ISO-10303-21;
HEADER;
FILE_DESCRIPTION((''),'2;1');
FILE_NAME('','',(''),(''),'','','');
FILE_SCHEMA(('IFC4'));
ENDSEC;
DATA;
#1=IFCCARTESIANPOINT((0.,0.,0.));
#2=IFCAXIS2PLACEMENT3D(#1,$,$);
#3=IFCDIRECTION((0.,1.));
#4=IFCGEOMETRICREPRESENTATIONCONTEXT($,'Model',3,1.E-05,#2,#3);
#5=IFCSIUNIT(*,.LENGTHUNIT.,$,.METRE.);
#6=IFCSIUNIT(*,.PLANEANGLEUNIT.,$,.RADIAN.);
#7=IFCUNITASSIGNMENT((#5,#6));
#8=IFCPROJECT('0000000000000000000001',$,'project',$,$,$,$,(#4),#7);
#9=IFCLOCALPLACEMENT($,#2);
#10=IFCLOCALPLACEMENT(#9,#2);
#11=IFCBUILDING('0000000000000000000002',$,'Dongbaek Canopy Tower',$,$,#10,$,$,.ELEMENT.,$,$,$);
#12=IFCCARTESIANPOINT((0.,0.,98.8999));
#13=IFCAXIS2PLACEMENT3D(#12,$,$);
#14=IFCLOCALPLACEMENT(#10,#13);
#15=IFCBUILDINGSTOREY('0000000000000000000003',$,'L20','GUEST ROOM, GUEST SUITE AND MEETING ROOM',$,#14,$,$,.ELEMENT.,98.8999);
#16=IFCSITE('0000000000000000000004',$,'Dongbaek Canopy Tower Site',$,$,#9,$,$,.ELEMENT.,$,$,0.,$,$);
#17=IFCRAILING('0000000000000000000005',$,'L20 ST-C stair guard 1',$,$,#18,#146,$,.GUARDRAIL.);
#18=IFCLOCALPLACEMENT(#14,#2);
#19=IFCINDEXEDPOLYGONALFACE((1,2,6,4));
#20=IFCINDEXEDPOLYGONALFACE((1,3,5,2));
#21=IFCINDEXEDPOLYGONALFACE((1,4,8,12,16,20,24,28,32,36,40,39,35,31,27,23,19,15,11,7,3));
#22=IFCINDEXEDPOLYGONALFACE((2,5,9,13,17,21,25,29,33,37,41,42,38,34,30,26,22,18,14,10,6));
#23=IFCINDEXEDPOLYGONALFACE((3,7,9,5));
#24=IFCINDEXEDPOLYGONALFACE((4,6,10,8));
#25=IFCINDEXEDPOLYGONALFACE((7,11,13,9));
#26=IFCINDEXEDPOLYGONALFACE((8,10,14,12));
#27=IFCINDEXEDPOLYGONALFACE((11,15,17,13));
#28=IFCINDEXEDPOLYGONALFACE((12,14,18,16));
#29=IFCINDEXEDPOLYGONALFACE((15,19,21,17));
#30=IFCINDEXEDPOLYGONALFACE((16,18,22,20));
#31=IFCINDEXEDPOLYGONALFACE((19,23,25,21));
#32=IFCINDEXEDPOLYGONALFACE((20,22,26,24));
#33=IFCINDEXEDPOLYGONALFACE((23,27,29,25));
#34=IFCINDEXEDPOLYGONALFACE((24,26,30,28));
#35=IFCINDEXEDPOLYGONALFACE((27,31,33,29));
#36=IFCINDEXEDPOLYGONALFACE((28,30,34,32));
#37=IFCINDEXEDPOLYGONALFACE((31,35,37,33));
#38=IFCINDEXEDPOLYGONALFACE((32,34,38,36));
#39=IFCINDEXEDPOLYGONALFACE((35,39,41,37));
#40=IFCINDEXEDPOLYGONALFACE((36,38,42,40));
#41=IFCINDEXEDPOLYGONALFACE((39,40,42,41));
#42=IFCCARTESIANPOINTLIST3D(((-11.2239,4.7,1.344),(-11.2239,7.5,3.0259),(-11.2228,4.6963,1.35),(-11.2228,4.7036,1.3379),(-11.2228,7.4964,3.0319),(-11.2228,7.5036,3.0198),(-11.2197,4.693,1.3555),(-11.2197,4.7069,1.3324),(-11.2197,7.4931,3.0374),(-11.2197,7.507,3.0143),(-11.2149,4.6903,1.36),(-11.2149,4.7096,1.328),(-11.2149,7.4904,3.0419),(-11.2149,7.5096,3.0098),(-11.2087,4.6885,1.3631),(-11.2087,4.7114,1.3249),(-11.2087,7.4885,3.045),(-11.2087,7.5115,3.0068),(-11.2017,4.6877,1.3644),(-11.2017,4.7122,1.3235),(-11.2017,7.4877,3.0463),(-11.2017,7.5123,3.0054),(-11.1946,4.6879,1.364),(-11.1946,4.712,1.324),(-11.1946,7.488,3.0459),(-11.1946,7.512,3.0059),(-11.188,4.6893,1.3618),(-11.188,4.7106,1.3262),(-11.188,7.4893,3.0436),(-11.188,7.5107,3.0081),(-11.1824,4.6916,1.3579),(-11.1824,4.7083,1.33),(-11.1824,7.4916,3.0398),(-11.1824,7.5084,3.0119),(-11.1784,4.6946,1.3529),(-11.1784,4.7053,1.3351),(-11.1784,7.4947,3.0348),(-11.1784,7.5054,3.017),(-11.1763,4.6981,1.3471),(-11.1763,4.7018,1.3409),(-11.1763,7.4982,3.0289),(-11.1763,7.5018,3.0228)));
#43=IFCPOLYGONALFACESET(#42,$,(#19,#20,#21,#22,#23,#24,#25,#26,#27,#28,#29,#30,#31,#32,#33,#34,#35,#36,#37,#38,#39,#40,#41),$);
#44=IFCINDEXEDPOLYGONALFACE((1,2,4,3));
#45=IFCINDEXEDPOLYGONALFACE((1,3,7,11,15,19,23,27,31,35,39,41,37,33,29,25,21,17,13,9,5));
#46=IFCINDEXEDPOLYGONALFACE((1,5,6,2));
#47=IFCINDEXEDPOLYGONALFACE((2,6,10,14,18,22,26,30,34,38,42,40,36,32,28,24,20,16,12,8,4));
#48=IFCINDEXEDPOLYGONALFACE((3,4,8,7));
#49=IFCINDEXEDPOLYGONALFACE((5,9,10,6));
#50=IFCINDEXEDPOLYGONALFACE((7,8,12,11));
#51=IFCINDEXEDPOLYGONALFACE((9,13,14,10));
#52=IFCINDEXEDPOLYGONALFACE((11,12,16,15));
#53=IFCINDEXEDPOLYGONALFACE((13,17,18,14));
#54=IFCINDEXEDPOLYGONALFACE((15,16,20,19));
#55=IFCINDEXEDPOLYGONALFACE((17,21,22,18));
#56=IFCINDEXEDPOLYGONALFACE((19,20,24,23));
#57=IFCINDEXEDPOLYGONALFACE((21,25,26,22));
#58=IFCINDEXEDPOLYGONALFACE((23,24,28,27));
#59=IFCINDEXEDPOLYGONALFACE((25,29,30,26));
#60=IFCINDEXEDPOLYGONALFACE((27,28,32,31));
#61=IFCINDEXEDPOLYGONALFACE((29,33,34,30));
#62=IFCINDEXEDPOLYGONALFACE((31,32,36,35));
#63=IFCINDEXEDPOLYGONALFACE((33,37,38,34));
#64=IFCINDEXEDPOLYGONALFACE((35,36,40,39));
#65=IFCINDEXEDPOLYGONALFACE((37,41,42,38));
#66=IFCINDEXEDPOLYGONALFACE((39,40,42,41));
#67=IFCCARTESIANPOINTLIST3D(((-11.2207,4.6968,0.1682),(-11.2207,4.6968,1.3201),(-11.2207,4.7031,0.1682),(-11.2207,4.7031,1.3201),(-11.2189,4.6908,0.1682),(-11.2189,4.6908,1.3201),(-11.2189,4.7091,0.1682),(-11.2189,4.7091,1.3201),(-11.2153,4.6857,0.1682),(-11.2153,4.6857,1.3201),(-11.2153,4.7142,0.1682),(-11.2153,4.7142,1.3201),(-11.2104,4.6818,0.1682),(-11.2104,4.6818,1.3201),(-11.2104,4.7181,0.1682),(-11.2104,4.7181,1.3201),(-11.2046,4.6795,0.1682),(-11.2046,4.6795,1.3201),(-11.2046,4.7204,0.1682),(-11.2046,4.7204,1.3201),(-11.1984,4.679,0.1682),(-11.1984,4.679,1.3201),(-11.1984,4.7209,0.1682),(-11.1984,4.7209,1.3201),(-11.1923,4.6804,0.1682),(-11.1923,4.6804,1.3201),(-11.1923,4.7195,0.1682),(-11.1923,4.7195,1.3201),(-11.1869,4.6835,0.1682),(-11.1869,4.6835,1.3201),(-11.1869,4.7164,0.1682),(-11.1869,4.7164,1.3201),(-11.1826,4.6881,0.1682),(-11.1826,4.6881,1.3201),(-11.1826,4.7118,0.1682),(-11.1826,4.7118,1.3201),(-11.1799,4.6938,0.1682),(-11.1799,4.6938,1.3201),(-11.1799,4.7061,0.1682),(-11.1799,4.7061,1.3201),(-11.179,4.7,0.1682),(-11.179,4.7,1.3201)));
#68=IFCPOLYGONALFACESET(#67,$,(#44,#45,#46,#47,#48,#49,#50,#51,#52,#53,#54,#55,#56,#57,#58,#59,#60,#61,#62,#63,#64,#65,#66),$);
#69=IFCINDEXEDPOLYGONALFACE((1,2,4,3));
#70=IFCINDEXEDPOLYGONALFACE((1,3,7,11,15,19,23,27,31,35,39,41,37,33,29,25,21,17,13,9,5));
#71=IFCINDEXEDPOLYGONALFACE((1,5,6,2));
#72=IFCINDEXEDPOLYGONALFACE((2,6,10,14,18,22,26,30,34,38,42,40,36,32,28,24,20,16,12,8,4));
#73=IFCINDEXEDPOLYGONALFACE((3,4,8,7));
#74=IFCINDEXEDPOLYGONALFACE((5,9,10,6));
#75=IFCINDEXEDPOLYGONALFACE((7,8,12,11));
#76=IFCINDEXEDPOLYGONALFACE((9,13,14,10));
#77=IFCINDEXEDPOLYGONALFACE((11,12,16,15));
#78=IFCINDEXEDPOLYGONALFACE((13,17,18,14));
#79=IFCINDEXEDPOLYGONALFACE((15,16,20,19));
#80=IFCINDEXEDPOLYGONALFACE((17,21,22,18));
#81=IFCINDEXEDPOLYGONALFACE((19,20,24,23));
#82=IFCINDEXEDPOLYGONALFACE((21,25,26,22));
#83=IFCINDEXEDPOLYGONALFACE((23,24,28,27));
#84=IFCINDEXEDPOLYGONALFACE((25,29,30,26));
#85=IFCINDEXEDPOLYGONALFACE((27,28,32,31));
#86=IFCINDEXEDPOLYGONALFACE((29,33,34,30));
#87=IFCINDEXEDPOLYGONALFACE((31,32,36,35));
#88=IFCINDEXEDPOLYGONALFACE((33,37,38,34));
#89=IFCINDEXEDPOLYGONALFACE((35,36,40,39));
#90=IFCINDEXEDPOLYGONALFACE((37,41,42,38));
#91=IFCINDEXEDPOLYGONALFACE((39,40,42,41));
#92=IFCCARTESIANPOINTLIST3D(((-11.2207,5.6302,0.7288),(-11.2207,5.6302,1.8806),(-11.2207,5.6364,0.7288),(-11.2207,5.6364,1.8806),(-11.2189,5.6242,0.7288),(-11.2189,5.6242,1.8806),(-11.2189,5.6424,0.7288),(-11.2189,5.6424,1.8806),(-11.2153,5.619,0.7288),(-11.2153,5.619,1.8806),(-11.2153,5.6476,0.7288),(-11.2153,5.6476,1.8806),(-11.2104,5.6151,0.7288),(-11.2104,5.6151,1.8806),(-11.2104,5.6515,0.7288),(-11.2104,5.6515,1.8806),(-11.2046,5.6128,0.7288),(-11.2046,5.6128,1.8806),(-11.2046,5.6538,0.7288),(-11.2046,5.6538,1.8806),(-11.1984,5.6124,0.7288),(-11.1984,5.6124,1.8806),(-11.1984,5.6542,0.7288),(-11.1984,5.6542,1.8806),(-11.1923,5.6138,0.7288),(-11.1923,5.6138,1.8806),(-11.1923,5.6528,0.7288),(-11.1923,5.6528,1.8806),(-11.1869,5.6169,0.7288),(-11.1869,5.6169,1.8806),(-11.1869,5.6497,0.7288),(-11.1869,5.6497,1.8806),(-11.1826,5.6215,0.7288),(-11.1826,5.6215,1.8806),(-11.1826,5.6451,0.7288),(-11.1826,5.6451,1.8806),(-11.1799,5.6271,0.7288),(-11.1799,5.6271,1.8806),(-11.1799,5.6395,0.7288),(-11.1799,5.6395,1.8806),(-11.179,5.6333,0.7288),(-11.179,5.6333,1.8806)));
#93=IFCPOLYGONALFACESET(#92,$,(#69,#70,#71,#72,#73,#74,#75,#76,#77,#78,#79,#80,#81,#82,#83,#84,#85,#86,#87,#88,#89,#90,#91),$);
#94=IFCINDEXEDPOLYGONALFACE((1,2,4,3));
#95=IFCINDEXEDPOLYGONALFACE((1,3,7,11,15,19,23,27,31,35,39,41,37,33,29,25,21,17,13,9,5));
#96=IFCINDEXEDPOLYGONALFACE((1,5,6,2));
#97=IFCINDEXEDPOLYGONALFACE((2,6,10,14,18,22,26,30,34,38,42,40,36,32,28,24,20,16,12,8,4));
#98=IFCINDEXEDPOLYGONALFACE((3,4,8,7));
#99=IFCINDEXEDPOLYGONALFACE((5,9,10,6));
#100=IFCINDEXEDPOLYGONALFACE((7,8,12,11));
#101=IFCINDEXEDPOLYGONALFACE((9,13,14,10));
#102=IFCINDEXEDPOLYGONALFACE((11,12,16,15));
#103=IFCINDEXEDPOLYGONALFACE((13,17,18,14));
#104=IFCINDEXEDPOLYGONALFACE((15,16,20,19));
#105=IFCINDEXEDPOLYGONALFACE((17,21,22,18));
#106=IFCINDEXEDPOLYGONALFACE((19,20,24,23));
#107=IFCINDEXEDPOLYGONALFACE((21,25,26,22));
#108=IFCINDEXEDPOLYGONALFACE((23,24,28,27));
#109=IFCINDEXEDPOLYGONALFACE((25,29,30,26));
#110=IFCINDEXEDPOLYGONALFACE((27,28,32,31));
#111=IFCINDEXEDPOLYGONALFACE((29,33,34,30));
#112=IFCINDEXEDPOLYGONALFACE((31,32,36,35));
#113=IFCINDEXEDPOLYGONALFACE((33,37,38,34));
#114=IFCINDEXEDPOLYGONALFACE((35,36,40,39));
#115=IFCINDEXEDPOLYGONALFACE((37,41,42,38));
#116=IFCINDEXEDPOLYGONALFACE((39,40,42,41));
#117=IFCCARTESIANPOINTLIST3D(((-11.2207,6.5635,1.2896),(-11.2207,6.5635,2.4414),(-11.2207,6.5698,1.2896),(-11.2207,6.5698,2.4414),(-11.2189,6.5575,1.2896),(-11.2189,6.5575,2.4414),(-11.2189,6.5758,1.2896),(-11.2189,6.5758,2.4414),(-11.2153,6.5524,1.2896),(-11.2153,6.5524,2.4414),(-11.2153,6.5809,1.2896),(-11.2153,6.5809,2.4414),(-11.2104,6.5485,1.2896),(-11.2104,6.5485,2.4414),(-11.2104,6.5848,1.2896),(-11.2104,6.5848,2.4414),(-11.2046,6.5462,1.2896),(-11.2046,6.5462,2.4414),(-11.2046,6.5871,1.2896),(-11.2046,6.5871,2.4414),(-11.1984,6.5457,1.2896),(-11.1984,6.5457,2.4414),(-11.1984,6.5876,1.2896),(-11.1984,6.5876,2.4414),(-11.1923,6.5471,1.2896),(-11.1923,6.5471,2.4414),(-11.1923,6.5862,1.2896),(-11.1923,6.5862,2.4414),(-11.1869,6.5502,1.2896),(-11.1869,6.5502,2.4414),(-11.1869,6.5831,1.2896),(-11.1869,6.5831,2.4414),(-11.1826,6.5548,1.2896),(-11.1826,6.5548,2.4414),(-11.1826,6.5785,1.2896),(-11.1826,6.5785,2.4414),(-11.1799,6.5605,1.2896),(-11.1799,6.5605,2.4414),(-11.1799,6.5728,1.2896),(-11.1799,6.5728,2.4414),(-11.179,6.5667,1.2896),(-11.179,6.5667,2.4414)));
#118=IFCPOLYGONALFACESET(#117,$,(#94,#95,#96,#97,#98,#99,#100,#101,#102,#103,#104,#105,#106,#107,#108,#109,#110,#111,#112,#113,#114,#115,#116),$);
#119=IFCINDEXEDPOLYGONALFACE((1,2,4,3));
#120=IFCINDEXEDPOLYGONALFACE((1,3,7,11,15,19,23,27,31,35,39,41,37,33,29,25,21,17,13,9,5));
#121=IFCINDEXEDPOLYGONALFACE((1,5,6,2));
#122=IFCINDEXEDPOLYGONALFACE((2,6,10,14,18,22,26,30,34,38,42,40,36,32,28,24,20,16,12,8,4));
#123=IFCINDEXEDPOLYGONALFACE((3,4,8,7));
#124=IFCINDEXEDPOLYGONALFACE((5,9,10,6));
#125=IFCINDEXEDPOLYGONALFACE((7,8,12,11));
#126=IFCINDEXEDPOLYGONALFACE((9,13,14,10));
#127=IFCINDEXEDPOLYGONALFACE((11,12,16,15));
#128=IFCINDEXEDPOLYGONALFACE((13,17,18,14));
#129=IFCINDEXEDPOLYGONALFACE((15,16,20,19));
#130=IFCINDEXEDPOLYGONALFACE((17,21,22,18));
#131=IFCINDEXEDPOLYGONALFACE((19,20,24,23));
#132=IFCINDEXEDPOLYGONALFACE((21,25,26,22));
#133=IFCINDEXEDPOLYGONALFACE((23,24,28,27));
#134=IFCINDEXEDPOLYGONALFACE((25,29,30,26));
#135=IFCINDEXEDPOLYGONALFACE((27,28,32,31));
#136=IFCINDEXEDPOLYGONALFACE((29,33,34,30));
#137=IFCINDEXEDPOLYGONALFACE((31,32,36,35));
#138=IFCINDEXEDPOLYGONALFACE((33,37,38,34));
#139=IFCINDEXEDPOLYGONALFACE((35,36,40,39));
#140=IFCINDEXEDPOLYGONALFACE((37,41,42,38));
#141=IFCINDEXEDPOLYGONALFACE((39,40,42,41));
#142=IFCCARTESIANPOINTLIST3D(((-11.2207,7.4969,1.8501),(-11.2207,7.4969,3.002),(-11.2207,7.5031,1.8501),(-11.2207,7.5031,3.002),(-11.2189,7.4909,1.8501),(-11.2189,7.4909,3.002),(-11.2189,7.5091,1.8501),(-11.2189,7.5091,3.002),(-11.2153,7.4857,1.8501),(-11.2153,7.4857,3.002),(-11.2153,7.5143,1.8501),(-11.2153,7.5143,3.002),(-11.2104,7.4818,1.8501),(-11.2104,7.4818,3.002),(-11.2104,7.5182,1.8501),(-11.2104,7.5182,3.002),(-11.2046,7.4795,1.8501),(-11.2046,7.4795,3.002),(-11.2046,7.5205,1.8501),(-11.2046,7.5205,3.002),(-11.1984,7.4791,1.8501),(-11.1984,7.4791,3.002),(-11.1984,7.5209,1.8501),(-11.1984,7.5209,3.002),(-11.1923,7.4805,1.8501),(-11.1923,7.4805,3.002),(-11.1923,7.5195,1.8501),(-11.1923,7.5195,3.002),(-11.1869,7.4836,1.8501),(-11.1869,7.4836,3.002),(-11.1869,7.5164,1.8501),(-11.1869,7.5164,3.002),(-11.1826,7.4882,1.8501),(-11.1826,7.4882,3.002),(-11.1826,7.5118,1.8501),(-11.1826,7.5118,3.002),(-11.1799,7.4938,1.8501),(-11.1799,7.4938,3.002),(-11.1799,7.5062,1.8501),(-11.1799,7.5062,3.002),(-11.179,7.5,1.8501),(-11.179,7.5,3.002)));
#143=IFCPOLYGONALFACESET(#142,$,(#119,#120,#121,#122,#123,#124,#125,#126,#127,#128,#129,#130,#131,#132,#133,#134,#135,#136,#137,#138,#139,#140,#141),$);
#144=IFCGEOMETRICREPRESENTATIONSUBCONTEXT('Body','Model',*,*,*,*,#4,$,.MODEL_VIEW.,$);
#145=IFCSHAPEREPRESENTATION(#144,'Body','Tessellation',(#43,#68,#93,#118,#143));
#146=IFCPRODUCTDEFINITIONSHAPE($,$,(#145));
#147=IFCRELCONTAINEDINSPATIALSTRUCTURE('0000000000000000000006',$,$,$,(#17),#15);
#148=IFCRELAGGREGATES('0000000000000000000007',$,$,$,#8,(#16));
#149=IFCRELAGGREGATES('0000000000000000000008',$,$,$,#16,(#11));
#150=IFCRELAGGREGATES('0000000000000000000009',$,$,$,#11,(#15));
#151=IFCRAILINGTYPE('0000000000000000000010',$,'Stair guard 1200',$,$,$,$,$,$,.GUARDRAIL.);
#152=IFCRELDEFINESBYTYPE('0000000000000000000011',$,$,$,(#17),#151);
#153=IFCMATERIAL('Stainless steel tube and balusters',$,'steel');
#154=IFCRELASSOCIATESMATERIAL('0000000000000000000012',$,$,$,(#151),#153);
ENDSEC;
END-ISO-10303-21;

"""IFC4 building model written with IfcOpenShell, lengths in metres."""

from ifc_helpers import new_model, si_unit, direction, frame, origin, origin_2d, place, context, subcontext, project, spatial, circle, extrude, material, type_object, element, save


model = new_model("IFC4")

# Units and contexts
model_context = context("Model", 3, precision=1e-05, world=origin(), true_north=direction((0.0, 1.0)))
body_context = subcontext(model_context, "Body", "Model", "MODEL_VIEW")
ifc_project = project(units=[si_unit("LENGTHUNIT", "METRE"), si_unit("PLANEANGLEUNIT", "RADIAN")], contexts=[model_context])

# Site, building, storey
site_placement = place(None, origin())
site = spatial("IfcSite", under=ifc_project, at=site_placement, Name="Dongbaek Canopy Tower Site", CompositionType="ELEMENT", RefElevation=0.0)
building_placement = place(site_placement, origin())
building = spatial("IfcBuilding", under=site, at=building_placement, Name="Dongbaek Canopy Tower", CompositionType="ELEMENT")
storey_placement = place(building_placement, frame((0.0, 0.0, 98.8999)))
storey = spatial("IfcBuildingStorey", under=building, at=storey_placement, Name="L20", Description="GUEST ROOM, GUEST SUITE AND MEETING ROOM", CompositionType="ELEMENT", Elevation=98.8999)

# Railing
ifc_material_1 = material(Name="Stainless steel tube and balusters", Category="steel")
railing_type_1 = type_object("IfcRailingType", Name="Stair guard 1200", PredefinedType="GUARDRAIL", material=ifc_material_1)
railing_1_placement = place(storey_placement, frame((-11.2, 4.7, 0.1682)))
element("IfcRailing", 1, at=railing_1_placement, inside=storey, type_object=railing_type_1, Name="L20 ST-C stair guard 1", PredefinedType="GUARDRAIL", context=body_context, shape_type="SweptSolid", body=[
    extrude(circle(Radius=0.0239, at=origin_2d()), frame((0.0, 0.0, 1.1758), z_axis=(0.0, 0.857242, 0.514913), x_axis=(-1.0, 0.0, 0.0)), (0.0, 0.0, 1.0), 3.2664),
    extrude(circle(Radius=0.021, at=origin_2d()), origin(), (0.0, 0.0, 1.0), 1.1519),
    extrude(circle(Radius=0.021, at=origin_2d()), frame((0.0, 0.9333, 0.5605)), (0.0, 0.0, 1.0), 1.1519),
    extrude(circle(Radius=0.021, at=origin_2d()), frame((0.0, 1.8667, 1.1213)), (0.0, 0.0, 1.0), 1.1519),
    extrude(circle(Radius=0.021, at=origin_2d()), frame((0.0, 2.8, 1.6819)), (0.0, 0.0, 1.0), 1.1519),
])

save(model, "model.ifc")
